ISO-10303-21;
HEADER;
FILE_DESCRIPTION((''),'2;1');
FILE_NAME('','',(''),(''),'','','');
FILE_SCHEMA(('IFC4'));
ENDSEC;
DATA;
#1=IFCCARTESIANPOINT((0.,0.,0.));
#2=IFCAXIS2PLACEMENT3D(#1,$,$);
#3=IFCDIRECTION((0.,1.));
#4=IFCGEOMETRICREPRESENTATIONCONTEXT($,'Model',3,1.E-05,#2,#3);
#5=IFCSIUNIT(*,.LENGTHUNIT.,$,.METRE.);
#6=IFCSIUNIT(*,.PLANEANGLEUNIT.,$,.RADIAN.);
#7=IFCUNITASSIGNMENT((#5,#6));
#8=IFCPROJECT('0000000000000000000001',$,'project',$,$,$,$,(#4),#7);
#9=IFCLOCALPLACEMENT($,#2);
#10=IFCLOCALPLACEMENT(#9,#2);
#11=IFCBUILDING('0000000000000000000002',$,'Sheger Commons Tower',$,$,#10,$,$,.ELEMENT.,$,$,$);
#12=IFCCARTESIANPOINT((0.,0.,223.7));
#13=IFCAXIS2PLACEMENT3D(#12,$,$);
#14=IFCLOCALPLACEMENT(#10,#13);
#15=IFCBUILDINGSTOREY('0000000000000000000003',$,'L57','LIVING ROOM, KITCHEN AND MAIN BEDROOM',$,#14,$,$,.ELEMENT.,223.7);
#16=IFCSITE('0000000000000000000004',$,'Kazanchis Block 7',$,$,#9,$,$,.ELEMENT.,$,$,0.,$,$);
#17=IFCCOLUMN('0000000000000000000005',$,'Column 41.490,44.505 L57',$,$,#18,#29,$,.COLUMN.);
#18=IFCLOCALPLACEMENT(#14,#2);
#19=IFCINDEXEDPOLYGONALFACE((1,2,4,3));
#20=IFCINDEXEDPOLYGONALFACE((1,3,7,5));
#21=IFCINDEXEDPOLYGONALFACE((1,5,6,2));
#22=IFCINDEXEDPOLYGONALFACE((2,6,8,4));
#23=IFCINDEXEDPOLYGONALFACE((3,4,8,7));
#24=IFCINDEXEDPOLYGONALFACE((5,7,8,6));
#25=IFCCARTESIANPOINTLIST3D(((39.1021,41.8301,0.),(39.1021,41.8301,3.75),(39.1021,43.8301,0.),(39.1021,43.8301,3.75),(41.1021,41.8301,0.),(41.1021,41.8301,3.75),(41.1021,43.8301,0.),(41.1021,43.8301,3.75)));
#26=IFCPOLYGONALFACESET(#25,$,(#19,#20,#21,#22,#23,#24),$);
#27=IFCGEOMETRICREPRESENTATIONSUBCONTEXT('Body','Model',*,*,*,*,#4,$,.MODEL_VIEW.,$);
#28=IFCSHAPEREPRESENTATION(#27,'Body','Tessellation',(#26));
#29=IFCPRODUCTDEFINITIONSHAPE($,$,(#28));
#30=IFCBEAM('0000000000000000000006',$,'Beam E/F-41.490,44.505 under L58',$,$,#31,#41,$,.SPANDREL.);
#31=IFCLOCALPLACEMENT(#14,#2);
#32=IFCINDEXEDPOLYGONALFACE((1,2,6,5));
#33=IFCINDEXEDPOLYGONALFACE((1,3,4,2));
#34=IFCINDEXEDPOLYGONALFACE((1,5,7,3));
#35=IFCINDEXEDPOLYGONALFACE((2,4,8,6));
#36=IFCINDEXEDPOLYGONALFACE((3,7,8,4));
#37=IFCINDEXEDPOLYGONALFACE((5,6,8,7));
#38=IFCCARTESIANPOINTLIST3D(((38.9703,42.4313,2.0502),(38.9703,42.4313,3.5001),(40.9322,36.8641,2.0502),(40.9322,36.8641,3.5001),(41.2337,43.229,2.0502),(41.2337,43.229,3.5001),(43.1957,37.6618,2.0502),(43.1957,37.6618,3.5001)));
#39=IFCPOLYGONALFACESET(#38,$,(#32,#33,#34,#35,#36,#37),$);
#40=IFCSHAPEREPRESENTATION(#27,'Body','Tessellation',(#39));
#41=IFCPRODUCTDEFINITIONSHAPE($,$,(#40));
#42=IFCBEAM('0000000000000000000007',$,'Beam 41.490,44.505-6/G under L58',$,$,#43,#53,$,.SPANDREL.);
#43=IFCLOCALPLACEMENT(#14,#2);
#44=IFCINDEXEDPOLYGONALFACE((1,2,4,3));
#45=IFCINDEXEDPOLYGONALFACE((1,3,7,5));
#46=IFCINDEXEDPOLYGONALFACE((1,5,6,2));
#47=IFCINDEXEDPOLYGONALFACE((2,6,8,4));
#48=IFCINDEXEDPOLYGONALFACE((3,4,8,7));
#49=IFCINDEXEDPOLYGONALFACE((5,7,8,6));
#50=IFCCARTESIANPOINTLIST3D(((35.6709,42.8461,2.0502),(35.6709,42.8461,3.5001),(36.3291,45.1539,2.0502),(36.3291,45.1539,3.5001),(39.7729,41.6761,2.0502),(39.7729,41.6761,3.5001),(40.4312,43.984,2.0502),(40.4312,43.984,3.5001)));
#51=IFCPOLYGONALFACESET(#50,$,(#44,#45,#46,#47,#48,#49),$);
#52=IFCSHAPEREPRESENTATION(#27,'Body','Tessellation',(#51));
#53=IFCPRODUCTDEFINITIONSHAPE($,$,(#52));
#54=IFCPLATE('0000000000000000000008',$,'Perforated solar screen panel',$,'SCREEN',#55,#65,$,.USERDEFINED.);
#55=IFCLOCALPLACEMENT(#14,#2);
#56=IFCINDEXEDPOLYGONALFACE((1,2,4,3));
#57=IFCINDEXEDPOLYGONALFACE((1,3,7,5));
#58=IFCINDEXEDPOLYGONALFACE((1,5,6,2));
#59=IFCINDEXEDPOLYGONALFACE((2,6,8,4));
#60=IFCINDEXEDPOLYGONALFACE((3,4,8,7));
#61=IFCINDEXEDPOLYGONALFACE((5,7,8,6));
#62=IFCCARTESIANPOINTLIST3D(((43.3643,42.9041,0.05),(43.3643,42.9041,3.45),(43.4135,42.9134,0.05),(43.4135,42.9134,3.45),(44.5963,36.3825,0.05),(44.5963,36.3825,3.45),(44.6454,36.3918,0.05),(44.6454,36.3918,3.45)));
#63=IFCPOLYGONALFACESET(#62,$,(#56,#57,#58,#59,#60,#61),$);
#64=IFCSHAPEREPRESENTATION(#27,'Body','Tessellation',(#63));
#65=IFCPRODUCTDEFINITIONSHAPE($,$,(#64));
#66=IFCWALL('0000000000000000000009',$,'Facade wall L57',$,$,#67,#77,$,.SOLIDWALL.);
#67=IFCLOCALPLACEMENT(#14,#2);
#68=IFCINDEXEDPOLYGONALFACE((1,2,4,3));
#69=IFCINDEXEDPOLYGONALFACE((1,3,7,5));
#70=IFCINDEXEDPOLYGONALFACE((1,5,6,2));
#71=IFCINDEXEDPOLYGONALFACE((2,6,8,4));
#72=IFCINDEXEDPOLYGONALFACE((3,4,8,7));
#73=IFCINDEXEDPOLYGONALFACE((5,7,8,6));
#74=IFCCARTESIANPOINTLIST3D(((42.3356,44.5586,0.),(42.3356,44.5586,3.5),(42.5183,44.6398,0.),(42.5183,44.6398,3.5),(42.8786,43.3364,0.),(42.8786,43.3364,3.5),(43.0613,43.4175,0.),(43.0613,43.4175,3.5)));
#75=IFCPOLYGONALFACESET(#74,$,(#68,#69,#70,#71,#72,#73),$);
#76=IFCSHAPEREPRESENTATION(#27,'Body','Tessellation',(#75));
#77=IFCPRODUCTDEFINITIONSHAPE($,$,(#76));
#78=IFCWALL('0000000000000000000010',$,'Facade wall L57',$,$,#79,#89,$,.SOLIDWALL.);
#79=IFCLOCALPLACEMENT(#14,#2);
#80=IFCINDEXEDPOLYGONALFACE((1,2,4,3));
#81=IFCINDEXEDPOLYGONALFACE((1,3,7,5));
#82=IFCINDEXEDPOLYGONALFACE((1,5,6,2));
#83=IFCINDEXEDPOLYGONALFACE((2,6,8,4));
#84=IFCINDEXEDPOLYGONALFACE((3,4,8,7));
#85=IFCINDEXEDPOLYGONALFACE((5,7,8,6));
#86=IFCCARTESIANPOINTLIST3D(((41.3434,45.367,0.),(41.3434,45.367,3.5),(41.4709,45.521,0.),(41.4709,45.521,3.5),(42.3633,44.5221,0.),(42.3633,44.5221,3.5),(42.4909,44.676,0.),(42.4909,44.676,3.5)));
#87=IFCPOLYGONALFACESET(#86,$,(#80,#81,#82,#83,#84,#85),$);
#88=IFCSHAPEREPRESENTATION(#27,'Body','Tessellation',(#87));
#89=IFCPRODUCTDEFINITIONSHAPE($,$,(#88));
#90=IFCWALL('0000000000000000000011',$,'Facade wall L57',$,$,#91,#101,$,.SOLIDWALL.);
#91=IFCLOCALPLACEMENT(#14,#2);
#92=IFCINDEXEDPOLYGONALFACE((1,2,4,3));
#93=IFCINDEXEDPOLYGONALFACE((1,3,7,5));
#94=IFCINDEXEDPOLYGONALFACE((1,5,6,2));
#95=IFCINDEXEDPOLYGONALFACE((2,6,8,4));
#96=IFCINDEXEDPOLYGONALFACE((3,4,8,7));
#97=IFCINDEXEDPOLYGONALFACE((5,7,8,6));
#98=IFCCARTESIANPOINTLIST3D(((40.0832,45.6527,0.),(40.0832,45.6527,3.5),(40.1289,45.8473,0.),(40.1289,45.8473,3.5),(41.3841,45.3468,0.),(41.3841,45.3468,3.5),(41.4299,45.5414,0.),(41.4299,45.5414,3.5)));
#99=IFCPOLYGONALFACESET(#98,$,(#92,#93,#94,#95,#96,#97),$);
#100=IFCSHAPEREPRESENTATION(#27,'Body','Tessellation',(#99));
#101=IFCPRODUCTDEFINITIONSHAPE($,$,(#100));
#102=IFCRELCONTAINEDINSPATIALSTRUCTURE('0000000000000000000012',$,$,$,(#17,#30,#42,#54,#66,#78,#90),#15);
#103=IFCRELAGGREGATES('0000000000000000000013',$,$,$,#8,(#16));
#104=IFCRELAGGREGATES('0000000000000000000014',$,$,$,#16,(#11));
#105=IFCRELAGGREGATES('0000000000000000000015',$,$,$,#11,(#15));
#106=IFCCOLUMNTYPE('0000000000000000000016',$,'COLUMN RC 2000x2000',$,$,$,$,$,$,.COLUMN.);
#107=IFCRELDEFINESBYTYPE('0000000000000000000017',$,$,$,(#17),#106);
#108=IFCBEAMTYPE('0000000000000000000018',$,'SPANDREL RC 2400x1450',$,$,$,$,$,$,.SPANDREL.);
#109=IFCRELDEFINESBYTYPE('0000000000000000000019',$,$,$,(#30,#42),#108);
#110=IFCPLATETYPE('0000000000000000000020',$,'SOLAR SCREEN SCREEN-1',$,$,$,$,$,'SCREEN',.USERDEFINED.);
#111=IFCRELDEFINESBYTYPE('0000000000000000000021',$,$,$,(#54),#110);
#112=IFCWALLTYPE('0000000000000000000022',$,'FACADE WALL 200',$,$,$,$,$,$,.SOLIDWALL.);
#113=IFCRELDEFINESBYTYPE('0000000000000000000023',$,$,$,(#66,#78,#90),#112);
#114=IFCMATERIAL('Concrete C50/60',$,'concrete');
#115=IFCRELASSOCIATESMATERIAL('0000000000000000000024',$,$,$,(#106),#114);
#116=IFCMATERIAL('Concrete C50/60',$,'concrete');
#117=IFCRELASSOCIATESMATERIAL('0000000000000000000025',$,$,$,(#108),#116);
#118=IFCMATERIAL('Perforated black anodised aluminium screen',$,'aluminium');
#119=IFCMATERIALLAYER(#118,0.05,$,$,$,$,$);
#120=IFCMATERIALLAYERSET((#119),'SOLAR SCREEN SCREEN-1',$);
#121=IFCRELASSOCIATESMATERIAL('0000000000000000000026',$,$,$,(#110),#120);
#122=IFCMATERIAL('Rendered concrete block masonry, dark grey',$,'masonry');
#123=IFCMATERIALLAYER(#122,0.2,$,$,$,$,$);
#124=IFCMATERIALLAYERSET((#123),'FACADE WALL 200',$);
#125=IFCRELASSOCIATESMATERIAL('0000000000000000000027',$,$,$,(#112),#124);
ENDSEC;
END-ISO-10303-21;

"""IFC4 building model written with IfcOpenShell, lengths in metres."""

from ifc_helpers import new_model, si_unit, direction, frame, frame_2d, origin, origin_2d, place, context, subcontext, project, spatial, rectangle, extrude, material, layer, layer_set, material_profile, profile_set, type_object, element, save


model = new_model("IFC4")

# Units and contexts
model_context = context("Model", 3, precision=1e-05, world=origin(), true_north=direction((0.0, 1.0)))
body_context = subcontext(model_context, "Body", "Model", "MODEL_VIEW")
ifc_project = project(units=[si_unit("LENGTHUNIT", "METRE"), si_unit("PLANEANGLEUNIT", "RADIAN")], contexts=[model_context])

# Site, building, storey
site_placement = place(None, origin())
site = spatial("IfcSite", under=ifc_project, at=site_placement, Name="Kazanchis Block 7", CompositionType="ELEMENT", RefElevation=0.0)
building_placement = place(site_placement, origin())
building = spatial("IfcBuilding", under=site, at=building_placement, Name="Sheger Commons Tower", CompositionType="ELEMENT")
storey_placement = place(building_placement, frame((0.0, 0.0, 223.7)))
storey = spatial("IfcBuildingStorey", under=building, at=storey_placement, Name="L57", Description="LIVING ROOM, KITCHEN AND MAIN BEDROOM", CompositionType="ELEMENT", Elevation=223.7)

# Column
ifc_material_1 = material(Name="Concrete C50/60", Category="concrete")
ifc_material_profile_1 = material_profile(ifc_material_1, rectangle(XDim=2.0, YDim=2.0, at=origin_2d()), Name="RC 2000x2000")
ifc_profile_set_1 = profile_set([ifc_material_profile_1], Name="Concrete C50/60")
column_type = type_object("IfcColumnType", Name="COLUMN RC 2000x2000", PredefinedType="COLUMN", material=ifc_profile_set_1)
column_placement = place(storey_placement, frame((40.1021, 42.8301, 0.0), z_axis=(0.0, 0.0, 1.0), x_axis=(1.0, 0.0, 0.0)))
element("IfcColumn", 1, at=column_placement, inside=storey, type_object=column_type, Name="Column 41.490,44.505 L57", PredefinedType="COLUMN", context=body_context, shape_type="SweptSolid", body=[
    extrude(rectangle(XDim=2.0, YDim=2.0, at=origin_2d()), origin(), (0.0, 0.0, 1.0), 3.75),
])

# Beams
ifc_material_2 = material(Name="Concrete C50/60", Category="concrete")
ifc_material_profile_2 = material_profile(ifc_material_2, rectangle(XDim=2.3999, YDim=1.45, at=origin_2d()), Name="RC 2400x1450")
ifc_profile_set_2 = profile_set([ifc_material_profile_2], Name="Concrete C50/60")
beam_type = type_object("IfcBeamType", Name="SPANDREL RC 2400x1450", PredefinedType="SPANDREL", material=ifc_profile_set_2)
beam_1_placement = place(storey_placement, frame((42.064, 37.2629, 2.7751), z_axis=(-0.332374, 0.943148, 0.0), x_axis=(-0.943148, -0.332374, 0.0)))
element("IfcBeam", 2, at=beam_1_placement, inside=storey, type_object=beam_type, Name="Beam E/F-41.490,44.505 under L58", PredefinedType="SPANDREL", context=body_context, shape_type="SweptSolid", body=[
    extrude(rectangle(XDim=2.3999, YDim=1.45, at=origin_2d()), origin(), (0.0, 0.0, 1.0), 5.9028),
])
beam_2_placement = place(storey_placement, frame((40.1021, 42.8301, 2.7751), z_axis=(-0.961653, 0.274268, 0.0), x_axis=(-0.274268, -0.961653, 0.0)))
element("IfcBeam", 3, at=beam_2_placement, inside=storey, type_object=beam_type, Name="Beam 41.490,44.505-6/G under L58", PredefinedType="SPANDREL", context=body_context, shape_type="SweptSolid", body=[
    extrude(rectangle(XDim=2.3999, YDim=1.45, at=origin_2d()), origin(), (0.0, 0.0, 1.0), 4.2656),
])

# Plate
ifc_material_3 = material(Name="Perforated black anodised aluminium screen", Category="aluminium")
ifc_layer_1 = layer(ifc_material_3, 0.05)
ifc_layer_set_1 = layer_set([ifc_layer_1], Name="SOLAR SCREEN SCREEN-1")
plate_type = type_object("IfcPlateType", Name="SOLAR SCREEN SCREEN-1", ElementType="SCREEN", PredefinedType="USERDEFINED", material=ifc_layer_set_1)
plate_placement = place(storey_placement, frame((44.0049, 39.6479, 0.05), z_axis=(0.0, 0.0, 1.0), x_axis=(-0.185615, 0.982623, 0.0)))
element("IfcPlate", 4, at=plate_placement, inside=storey, type_object=plate_type, Name="Perforated solar screen panel", ObjectType="SCREEN", PredefinedType="USERDEFINED", context=body_context, shape_type="SweptSolid", body=[
    extrude(rectangle(XDim=6.637, YDim=0.05, at=origin_2d()), origin(), (0.0, 0.0, 1.0), 3.3999),
])

# Walls
ifc_material_4 = material(Name="Rendered concrete block masonry, dark grey", Category="masonry")
ifc_layer_2 = layer(ifc_material_4, 0.2)
ifc_layer_set_2 = layer_set([ifc_layer_2], Name="FACADE WALL 200")
wall_type_1 = type_object("IfcWallType", Name="FACADE WALL 200", PredefinedType="SOLIDWALL", material=ifc_layer_set_2)
wall_1_placement = place(storey_placement, frame((42.97, 43.377, 0.0), z_axis=(0.0, 0.0, 1.0), x_axis=(-0.406003, 0.913872, 0.0)))
element("IfcWall", 5, at=wall_1_placement, inside=storey, type_object=wall_type_1, Name="Facade wall L57", PredefinedType="SOLIDWALL", context=body_context, shape_type="SweptSolid", body=[
    extrude(rectangle(XDim=1.3374, YDim=0.2, at=frame_2d((0.6687, 0.0))), origin(), (0.0, 0.0, 1.0), 3.5),
])
wall_2_placement = place(storey_placement, frame((42.427, 44.5991, 0.0), z_axis=(0.0, 0.0, 1.0), x_axis=(-0.770091, 0.637934, 0.0)))
element("IfcWall", 6, at=wall_2_placement, inside=storey, type_object=wall_type_1, Name="Facade wall L57", PredefinedType="SOLIDWALL", context=body_context, shape_type="SweptSolid", body=[
    extrude(rectangle(XDim=1.3245, YDim=0.2, at=frame_2d((0.6621, 0.0))), origin(), (0.0, 0.0, 1.0), 3.5),
])
wall_3_placement = place(storey_placement, frame((41.407, 45.4441, 0.0), z_axis=(0.0, 0.0, 1.0), x_axis=(-0.973453, 0.228887, 0.0)))
element("IfcWall", 7, at=wall_3_placement, inside=storey, type_object=wall_type_1, Name="Facade wall L57", PredefinedType="SOLIDWALL", context=body_context, shape_type="SweptSolid", body=[
    extrude(rectangle(XDim=1.3364, YDim=0.2, at=frame_2d((0.6682, 0.0))), origin(), (0.0, 0.0, 1.0), 3.5),
])

save(model, "model.ifc")
